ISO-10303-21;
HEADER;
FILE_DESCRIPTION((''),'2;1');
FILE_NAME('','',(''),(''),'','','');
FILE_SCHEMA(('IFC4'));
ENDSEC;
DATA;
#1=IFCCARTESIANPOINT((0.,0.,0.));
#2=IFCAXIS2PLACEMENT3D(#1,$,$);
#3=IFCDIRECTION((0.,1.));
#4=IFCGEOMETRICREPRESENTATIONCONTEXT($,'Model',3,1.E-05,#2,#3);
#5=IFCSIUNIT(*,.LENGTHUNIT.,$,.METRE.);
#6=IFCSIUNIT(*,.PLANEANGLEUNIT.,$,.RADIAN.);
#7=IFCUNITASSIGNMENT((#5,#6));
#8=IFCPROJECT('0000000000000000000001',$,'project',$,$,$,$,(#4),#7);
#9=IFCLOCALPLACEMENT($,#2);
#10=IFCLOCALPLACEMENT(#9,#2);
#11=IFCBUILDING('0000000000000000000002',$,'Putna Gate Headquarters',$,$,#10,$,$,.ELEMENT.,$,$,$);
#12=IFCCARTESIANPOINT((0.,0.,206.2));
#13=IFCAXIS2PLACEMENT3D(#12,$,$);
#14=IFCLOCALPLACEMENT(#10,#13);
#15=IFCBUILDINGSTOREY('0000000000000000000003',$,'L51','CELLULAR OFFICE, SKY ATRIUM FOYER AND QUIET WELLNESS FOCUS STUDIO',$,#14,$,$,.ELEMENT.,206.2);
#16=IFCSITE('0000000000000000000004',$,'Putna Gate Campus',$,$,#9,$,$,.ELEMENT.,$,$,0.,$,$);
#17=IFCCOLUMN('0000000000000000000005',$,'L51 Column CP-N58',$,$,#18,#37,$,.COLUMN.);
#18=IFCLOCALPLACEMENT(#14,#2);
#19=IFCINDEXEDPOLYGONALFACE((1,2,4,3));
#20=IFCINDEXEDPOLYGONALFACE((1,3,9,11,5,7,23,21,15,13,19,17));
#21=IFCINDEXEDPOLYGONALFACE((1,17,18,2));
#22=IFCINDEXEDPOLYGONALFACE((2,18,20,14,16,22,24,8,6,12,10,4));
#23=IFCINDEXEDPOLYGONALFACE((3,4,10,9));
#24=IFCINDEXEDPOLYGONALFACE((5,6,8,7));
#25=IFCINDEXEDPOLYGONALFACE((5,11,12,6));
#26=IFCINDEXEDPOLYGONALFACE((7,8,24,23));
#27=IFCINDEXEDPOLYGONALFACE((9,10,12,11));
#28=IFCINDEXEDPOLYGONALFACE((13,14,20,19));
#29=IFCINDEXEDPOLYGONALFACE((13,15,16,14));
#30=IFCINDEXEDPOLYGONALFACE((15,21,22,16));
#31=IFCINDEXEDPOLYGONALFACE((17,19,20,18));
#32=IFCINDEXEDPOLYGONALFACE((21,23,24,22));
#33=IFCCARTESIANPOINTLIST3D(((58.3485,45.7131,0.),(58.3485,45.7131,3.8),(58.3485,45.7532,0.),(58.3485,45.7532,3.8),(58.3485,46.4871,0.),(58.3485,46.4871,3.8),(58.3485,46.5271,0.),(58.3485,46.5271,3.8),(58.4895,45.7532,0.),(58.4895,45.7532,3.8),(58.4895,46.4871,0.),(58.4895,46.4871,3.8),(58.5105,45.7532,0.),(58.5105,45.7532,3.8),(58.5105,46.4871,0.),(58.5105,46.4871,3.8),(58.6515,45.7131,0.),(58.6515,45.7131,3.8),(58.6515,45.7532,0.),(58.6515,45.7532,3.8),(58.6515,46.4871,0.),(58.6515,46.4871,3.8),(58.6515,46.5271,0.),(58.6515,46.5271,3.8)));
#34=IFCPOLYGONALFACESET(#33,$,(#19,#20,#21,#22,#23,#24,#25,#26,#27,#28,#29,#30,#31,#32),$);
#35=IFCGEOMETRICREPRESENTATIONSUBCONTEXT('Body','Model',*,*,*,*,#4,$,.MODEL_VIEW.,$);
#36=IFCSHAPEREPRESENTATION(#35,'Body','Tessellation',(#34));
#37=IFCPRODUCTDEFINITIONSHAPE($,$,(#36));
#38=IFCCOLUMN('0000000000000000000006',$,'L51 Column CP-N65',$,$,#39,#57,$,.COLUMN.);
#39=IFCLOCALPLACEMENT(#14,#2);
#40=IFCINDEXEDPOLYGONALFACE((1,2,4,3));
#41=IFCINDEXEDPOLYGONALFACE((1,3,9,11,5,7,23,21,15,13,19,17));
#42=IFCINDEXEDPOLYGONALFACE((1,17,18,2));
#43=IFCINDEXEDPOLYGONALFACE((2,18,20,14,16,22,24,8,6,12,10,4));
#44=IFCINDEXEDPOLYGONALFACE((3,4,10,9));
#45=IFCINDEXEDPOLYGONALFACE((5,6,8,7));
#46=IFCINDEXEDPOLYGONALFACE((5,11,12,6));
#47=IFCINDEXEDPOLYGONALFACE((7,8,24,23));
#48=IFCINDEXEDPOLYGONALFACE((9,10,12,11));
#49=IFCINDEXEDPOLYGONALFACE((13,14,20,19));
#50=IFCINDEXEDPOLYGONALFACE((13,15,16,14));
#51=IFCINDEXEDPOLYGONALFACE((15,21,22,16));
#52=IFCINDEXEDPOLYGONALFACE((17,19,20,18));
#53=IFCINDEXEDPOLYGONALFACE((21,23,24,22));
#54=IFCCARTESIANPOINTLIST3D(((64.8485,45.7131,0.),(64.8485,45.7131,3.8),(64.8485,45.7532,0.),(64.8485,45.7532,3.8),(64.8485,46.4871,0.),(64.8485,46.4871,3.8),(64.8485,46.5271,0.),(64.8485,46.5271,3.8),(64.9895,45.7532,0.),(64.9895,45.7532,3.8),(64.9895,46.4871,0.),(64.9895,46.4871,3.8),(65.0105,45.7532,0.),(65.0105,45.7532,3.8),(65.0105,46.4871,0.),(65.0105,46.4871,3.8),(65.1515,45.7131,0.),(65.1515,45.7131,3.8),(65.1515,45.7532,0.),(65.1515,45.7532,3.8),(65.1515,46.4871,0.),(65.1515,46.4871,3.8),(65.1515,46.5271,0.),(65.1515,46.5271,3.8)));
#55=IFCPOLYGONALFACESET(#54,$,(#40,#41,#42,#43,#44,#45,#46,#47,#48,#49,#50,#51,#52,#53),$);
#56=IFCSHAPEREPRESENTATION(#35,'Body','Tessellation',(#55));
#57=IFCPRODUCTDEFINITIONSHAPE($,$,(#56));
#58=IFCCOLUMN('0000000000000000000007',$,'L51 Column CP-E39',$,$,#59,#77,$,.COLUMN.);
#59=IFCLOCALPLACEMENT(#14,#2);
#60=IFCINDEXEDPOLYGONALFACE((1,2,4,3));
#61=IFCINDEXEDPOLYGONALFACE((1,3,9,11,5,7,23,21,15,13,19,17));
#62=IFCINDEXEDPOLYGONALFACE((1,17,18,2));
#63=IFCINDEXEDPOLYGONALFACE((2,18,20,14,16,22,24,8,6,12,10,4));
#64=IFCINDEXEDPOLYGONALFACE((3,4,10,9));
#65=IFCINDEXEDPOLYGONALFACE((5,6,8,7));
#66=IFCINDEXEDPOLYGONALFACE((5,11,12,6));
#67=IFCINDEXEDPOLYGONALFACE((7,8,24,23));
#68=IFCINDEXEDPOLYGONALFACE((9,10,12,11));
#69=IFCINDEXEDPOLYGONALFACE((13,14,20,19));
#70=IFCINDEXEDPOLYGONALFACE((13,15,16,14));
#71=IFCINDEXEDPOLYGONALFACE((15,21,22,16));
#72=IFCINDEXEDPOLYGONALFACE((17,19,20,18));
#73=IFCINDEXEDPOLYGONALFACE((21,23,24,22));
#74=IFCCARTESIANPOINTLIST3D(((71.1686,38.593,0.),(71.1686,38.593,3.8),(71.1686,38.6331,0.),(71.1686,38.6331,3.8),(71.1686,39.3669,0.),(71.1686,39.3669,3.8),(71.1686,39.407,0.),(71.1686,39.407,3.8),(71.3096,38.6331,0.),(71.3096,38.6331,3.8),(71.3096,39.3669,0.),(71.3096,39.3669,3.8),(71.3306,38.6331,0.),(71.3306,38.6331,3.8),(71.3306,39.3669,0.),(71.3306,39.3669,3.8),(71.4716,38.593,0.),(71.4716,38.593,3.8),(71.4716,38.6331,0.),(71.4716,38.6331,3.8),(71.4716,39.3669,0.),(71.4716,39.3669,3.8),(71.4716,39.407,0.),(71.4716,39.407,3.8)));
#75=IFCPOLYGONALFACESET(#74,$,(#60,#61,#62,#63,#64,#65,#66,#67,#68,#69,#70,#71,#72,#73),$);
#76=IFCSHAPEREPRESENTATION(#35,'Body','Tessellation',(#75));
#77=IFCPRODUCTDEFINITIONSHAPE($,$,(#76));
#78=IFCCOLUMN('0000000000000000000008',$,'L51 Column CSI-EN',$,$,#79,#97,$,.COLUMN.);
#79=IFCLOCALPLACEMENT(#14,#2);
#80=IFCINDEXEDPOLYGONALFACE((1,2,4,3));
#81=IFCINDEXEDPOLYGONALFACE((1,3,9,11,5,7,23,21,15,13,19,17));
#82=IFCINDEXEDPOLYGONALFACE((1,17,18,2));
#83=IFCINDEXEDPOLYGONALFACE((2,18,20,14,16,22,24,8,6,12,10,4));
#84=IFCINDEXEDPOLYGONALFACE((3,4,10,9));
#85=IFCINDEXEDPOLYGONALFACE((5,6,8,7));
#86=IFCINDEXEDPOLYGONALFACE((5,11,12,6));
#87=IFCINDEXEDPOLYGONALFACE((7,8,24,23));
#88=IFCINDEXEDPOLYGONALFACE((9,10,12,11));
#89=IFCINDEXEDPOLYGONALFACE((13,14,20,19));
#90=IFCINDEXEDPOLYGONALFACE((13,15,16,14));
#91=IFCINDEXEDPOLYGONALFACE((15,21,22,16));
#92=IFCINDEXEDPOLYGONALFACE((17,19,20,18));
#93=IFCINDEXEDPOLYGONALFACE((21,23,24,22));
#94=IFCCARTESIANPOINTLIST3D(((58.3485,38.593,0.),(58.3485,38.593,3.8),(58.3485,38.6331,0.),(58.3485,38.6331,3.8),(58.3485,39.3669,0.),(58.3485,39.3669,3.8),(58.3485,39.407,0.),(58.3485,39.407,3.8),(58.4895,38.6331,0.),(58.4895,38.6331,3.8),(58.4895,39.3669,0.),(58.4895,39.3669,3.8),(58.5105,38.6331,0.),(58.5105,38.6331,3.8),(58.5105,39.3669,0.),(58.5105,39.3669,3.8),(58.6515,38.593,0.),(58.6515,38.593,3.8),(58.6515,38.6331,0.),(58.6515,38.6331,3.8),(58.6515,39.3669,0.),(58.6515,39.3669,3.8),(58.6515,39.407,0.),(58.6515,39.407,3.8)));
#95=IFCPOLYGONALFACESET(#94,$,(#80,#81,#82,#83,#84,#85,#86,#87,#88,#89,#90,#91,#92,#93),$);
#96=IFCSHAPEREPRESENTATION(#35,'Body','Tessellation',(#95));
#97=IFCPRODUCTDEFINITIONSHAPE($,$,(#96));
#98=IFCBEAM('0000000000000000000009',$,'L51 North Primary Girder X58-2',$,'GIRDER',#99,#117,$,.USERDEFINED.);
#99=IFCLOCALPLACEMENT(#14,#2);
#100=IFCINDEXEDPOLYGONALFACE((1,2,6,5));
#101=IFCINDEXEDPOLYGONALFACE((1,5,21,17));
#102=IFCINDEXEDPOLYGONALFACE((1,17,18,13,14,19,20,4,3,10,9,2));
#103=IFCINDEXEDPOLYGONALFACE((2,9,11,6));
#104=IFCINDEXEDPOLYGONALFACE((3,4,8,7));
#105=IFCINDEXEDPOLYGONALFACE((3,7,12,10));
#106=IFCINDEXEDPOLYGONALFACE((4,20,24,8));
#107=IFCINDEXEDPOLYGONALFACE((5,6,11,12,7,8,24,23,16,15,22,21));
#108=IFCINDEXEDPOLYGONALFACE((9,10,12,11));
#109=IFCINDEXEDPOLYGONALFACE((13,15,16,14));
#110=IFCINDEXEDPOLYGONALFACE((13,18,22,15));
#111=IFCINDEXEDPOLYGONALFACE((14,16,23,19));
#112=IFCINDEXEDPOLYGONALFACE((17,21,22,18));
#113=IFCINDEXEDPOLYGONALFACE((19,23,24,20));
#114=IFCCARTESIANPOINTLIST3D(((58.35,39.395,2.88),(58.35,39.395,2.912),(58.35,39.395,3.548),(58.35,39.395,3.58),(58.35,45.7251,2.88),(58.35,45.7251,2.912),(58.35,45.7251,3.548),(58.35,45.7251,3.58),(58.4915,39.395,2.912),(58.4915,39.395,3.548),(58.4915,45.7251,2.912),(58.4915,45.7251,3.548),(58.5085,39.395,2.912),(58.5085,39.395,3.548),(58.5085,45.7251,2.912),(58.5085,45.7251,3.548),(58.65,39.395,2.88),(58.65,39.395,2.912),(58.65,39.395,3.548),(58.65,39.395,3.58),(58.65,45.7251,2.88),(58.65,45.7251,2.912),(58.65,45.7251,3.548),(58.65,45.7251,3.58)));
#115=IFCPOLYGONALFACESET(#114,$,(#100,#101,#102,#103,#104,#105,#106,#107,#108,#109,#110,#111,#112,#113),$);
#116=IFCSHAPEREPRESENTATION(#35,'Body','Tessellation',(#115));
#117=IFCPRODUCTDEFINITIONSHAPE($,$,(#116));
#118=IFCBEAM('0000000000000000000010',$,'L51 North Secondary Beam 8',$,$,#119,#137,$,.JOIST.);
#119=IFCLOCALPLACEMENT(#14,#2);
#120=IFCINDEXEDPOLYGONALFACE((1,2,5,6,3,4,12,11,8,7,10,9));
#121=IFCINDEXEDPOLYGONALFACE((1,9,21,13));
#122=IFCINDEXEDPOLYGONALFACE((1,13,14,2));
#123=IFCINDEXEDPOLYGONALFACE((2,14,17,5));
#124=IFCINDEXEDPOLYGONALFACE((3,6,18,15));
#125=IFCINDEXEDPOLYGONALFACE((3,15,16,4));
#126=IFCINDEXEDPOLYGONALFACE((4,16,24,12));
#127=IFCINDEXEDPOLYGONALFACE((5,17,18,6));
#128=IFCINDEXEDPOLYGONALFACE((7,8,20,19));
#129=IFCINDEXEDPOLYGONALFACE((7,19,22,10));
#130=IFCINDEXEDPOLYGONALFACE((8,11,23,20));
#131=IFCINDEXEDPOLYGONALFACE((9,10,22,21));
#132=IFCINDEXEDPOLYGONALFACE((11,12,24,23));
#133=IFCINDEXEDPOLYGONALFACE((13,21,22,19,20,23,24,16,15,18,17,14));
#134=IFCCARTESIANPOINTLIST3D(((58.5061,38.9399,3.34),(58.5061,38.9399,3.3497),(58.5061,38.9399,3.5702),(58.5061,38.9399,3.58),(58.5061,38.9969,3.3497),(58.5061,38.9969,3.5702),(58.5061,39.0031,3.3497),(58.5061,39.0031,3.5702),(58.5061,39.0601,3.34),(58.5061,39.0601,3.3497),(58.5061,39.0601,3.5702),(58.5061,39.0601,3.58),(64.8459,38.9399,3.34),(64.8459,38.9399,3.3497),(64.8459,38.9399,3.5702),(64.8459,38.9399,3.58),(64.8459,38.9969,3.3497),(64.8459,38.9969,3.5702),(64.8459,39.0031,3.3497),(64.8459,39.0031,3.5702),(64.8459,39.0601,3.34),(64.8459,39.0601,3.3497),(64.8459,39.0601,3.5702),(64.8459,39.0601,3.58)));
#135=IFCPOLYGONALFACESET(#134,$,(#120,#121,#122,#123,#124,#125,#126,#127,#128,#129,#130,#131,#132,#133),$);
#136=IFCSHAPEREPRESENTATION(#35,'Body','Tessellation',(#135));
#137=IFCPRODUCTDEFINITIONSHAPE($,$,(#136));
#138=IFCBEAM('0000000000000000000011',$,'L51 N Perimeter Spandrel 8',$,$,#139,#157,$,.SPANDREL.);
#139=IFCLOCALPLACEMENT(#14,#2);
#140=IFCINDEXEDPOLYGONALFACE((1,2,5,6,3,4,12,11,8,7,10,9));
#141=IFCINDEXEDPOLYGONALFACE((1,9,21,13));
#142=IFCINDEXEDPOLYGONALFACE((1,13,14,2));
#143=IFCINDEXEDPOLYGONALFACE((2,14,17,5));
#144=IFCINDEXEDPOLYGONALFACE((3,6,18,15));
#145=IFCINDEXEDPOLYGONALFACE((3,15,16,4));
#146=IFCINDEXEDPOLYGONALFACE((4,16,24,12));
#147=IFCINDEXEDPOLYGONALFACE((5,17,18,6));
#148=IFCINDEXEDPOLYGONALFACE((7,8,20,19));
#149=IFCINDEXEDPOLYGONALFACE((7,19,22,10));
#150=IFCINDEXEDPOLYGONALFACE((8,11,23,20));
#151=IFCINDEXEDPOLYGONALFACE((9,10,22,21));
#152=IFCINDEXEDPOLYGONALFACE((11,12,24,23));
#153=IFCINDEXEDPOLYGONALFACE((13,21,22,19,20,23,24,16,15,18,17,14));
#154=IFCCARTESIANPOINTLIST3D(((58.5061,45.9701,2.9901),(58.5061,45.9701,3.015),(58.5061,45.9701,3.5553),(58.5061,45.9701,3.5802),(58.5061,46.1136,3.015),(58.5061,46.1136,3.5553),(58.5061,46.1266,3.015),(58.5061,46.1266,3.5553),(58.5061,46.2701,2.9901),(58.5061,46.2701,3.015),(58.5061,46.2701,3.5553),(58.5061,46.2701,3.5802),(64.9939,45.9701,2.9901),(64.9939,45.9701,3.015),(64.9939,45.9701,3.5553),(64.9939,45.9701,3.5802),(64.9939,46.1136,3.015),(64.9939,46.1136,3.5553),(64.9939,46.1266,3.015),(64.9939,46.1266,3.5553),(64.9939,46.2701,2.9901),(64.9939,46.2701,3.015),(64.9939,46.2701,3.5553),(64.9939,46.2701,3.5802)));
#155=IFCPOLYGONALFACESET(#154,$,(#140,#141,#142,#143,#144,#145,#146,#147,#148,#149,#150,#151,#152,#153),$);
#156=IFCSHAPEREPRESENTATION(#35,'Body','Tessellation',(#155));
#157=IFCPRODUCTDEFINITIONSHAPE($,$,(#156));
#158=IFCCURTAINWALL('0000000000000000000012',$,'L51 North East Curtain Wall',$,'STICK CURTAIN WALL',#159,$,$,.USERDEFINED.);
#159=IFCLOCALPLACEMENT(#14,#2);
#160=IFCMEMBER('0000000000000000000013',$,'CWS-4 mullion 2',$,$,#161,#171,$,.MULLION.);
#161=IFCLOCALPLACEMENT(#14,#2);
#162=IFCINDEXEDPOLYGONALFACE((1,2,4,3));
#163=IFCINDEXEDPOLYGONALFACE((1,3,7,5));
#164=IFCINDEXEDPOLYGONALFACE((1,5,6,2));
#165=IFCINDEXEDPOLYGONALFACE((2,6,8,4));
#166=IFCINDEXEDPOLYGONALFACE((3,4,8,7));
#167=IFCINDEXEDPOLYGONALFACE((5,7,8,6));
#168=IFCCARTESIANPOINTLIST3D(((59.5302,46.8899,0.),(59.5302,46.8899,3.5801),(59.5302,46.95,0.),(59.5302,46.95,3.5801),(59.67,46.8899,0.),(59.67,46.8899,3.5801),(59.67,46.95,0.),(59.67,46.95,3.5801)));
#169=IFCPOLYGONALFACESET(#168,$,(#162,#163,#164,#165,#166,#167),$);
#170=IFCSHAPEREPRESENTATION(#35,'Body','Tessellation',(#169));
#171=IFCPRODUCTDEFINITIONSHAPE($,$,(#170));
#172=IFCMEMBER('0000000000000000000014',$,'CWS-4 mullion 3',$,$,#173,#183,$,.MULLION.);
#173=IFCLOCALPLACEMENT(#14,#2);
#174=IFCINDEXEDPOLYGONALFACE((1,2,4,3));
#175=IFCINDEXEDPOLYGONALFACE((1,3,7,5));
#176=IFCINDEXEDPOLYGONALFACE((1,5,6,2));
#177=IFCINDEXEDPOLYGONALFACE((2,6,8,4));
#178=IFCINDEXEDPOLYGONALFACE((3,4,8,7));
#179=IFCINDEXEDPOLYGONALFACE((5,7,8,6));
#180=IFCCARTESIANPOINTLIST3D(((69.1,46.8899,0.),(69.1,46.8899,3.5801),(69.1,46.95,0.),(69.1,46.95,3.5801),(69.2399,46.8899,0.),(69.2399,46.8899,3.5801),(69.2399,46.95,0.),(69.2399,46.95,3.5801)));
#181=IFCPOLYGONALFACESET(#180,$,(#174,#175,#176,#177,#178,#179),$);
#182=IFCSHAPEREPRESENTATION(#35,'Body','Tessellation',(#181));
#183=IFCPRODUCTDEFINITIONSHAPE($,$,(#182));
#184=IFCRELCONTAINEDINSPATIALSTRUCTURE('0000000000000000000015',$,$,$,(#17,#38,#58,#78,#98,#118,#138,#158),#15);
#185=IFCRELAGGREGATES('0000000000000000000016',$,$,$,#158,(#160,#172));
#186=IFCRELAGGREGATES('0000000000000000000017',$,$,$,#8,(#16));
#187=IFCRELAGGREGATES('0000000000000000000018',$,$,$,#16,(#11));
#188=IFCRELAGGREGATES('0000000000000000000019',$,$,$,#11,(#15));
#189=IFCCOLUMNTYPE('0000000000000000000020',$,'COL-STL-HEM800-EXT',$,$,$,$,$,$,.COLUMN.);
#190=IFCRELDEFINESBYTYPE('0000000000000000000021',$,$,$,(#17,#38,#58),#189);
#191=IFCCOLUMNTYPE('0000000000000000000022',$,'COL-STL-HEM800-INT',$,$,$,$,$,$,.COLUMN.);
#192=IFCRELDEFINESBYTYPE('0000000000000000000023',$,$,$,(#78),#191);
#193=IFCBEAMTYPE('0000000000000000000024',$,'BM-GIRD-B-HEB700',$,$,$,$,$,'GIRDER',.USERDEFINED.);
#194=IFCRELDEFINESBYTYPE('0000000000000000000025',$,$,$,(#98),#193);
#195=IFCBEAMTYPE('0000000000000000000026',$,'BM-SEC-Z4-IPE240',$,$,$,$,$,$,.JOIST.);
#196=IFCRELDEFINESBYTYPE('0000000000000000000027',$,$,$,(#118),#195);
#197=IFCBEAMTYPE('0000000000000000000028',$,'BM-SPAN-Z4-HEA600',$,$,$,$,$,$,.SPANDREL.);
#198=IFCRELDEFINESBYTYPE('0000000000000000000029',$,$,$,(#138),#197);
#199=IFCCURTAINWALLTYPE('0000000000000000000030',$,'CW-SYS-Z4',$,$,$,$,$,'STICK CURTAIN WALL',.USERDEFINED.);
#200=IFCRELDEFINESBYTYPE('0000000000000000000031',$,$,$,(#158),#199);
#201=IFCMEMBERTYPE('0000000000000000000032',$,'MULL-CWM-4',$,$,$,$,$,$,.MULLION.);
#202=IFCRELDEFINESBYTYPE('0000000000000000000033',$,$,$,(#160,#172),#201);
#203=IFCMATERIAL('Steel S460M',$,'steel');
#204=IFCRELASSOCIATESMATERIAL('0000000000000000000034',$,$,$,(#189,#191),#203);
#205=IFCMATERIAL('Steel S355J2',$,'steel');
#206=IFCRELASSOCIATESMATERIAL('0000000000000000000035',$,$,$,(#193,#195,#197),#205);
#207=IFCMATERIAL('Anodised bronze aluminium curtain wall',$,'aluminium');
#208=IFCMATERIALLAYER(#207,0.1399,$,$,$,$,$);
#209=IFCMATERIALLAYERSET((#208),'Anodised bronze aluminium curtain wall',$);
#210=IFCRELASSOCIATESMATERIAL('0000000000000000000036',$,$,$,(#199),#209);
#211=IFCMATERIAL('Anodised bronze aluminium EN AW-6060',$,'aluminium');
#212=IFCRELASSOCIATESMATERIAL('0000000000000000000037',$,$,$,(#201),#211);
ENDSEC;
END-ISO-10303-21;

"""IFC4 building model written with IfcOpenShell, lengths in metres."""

from ifc_helpers import new_model, si_unit, direction, frame, origin, origin_2d, place, context, subcontext, project, spatial, rectangle, i_section, extrude, material, layer, layer_set, material_profile, profile_set, type_object, element, aggregate, save


model = new_model("IFC4")

# Units and contexts
model_context = context("Model", 3, precision=1e-05, world=origin(), true_north=direction((0.0, 1.0)))
body_context = subcontext(model_context, "Body", "Model", "MODEL_VIEW")
ifc_project = project(units=[si_unit("LENGTHUNIT", "METRE"), si_unit("PLANEANGLEUNIT", "RADIAN")], contexts=[model_context])

# Site, building, storey
site_placement = place(None, origin())
site = spatial("IfcSite", under=ifc_project, at=site_placement, Name="Putna Gate Campus", CompositionType="ELEMENT", RefElevation=0.0)
building_placement = place(site_placement, origin())
building = spatial("IfcBuilding", under=site, at=building_placement, Name="Putna Gate Headquarters", CompositionType="ELEMENT")
storey_placement = place(building_placement, frame((0.0, 0.0, 206.2)))
storey = spatial("IfcBuildingStorey", under=building, at=storey_placement, Name="L51", Description="CELLULAR OFFICE, SKY ATRIUM FOYER AND QUIET WELLNESS FOCUS STUDIO", CompositionType="ELEMENT", Elevation=206.2)

# Columns
ifc_material_1 = material(Name="Steel S460M", Category="steel")
ifc_material_profile_1 = material_profile(ifc_material_1, i_section(OverallWidth=0.303, OverallDepth=0.814, WebThickness=0.021, FlangeThickness=0.04, at=origin_2d()), Name="Steel S460M")
ifc_profile_set_1 = profile_set([ifc_material_profile_1], Name="Steel S460M")
column_type_1 = type_object("IfcColumnType", Name="COL-STL-HEM800-EXT", PredefinedType="COLUMN", material=ifc_profile_set_1)
for number, where, z_axis, x_axis, name in (
    (1, (58.5, 46.1201, 0.0), (0.0, 0.0, 1.0), (1.0, 0.0, 0.0), "L51 Column CP-N58"),
    (2, (65.0, 46.1201, 0.0), (0.0, 0.0, 1.0), (1.0, 0.0, 0.0), "L51 Column CP-N65"),
    (3, (71.3201, 39.0, 0.0), (0.0, 0.0, 1.0), (1.0, 0.0, 0.0), "L51 Column CP-E39"),
):
    element("IfcColumn", number, at=place(storey_placement, frame(where, z_axis=z_axis, x_axis=x_axis)), inside=storey, type_object=column_type_1, Name=name, PredefinedType="COLUMN", context=body_context, shape_type="SweptSolid", body=[
        extrude(i_section(OverallWidth=0.303, OverallDepth=0.814, WebThickness=0.021, FlangeThickness=0.04, at=origin_2d()), origin(), (0.0, 0.0, 1.0), 3.8),
    ])
ifc_material_profile_2 = material_profile(ifc_material_1, i_section(OverallWidth=0.303, OverallDepth=0.814, WebThickness=0.021, FlangeThickness=0.04, at=origin_2d()), Name="Steel S460M")
ifc_profile_set_2 = profile_set([ifc_material_profile_2], Name="Steel S460M")
column_type_2 = type_object("IfcColumnType", Name="COL-STL-HEM800-INT", PredefinedType="COLUMN", material=ifc_profile_set_2)
column_placement = place(storey_placement, frame((58.5, 39.0, 0.0), z_axis=(0.0, 0.0, 1.0), x_axis=(1.0, 0.0, 0.0)))
element("IfcColumn", 4, at=column_placement, inside=storey, type_object=column_type_2, Name="L51 Column CSI-EN", PredefinedType="COLUMN", context=body_context, shape_type="SweptSolid", body=[
    extrude(i_section(OverallWidth=0.303, OverallDepth=0.814, WebThickness=0.021, FlangeThickness=0.04, at=origin_2d()), origin(), (0.0, 0.0, 1.0), 3.8),
])

# Beams
ifc_material_2 = material(Name="Steel S355J2", Category="steel")
ifc_material_profile_3 = material_profile(ifc_material_2, i_section(OverallWidth=0.3, OverallDepth=0.7, WebThickness=0.0171, FlangeThickness=0.032, at=origin_2d()), Name="Steel S355J2")
ifc_profile_set_3 = profile_set([ifc_material_profile_3], Name="Steel S355J2")
beam_type_1 = type_object("IfcBeamType", Name="BM-GIRD-B-HEB700", ElementType="GIRDER", PredefinedType="USERDEFINED", material=ifc_profile_set_3)
beam_1_placement = place(storey_placement, frame((58.5, 39.395, 3.23), z_axis=(0.0, 1.0, 0.0), x_axis=(-1.0, 0.0, 0.0)))
element("IfcBeam", 5, at=beam_1_placement, inside=storey, type_object=beam_type_1, Name="L51 North Primary Girder X58-2", ObjectType="GIRDER", PredefinedType="USERDEFINED", context=body_context, shape_type="SweptSolid", body=[
    extrude(i_section(OverallWidth=0.3, OverallDepth=0.7, WebThickness=0.0171, FlangeThickness=0.032, at=origin_2d()), origin(), (0.0, 0.0, 1.0), 6.3301),
])
ifc_material_profile_4 = material_profile(ifc_material_2, i_section(OverallWidth=0.1201, OverallDepth=0.24, WebThickness=0.0061, FlangeThickness=0.0098, at=origin_2d()), Name="Steel S355J2")
ifc_profile_set_4 = profile_set([ifc_material_profile_4], Name="Steel S355J2")
beam_type_2 = type_object("IfcBeamType", Name="BM-SEC-Z4-IPE240", PredefinedType="JOIST", material=ifc_profile_set_4)
beam_2_placement = place(storey_placement, frame((58.5061, 39.0, 3.46), z_axis=(1.0, 0.0, 0.0), x_axis=(0.0, 1.0, 0.0)))
element("IfcBeam", 6, at=beam_2_placement, inside=storey, type_object=beam_type_2, Name="L51 North Secondary Beam 8", PredefinedType="JOIST", context=body_context, shape_type="SweptSolid", body=[
    extrude(i_section(OverallWidth=0.1201, OverallDepth=0.24, WebThickness=0.0061, FlangeThickness=0.0098, at=origin_2d()), origin(), (0.0, 0.0, 1.0), 6.3398),
])
ifc_material_profile_5 = material_profile(ifc_material_2, i_section(OverallWidth=0.3, OverallDepth=0.5901, WebThickness=0.0129, FlangeThickness=0.0249, at=origin_2d()), Name="Steel S355J2")
ifc_profile_set_5 = profile_set([ifc_material_profile_5], Name="Steel S355J2")
beam_type_3 = type_object("IfcBeamType", Name="BM-SPAN-Z4-HEA600", PredefinedType="SPANDREL", material=ifc_profile_set_5)
beam_3_placement = place(storey_placement, frame((58.5061, 46.1201, 3.2852), z_axis=(1.0, 0.0, 0.0), x_axis=(0.0, 1.0, 0.0)))
element("IfcBeam", 7, at=beam_3_placement, inside=storey, type_object=beam_type_3, Name="L51 N Perimeter Spandrel 8", PredefinedType="SPANDREL", context=body_context, shape_type="SweptSolid", body=[
    extrude(i_section(OverallWidth=0.3, OverallDepth=0.5901, WebThickness=0.0129, FlangeThickness=0.0249, at=origin_2d()), origin(), (0.0, 0.0, 1.0), 6.4878),
])

# Curtain wall, members
ifc_material_3 = material(Name="Anodised bronze aluminium curtain wall", Category="aluminium")
ifc_layer_1 = layer(ifc_material_3, 0.1399)
ifc_layer_set_1 = layer_set([ifc_layer_1], Name="Anodised bronze aluminium curtain wall")
curtain_wall_type = type_object("IfcCurtainWallType", Name="CW-SYS-Z4", ElementType="STICK CURTAIN WALL", PredefinedType="USERDEFINED", material=ifc_layer_set_1)
curtain_wall_1_placement = place(storey_placement, origin())
curtain_wall_1 = element("IfcCurtainWall", 8, at=curtain_wall_1_placement, inside=storey, type_object=curtain_wall_type, Name="L51 North East Curtain Wall", ObjectType="STICK CURTAIN WALL", PredefinedType="USERDEFINED")
ifc_material_4 = material(Name="Anodised bronze aluminium EN AW-6060", Category="aluminium")
ifc_material_profile_6 = material_profile(ifc_material_4, rectangle(XDim=0.0601, YDim=0.1399, at=origin_2d()), Name="Anodised bronze aluminium EN AW-6060")
ifc_profile_set_6 = profile_set([ifc_material_profile_6], Name="Anodised bronze aluminium EN AW-6060")
member_type_1 = type_object("IfcMemberType", Name="MULL-CWM-4", PredefinedType="MULLION", material=ifc_profile_set_6)
member_1_placement = place(storey_placement, frame((59.6001, 46.9199, 0.0), z_axis=(0.0, 0.0, 1.0), x_axis=(0.0, 1.0, 0.0)))
member_1 = element("IfcMember", 9, at=member_1_placement, type_object=member_type_1, Name="CWS-4 mullion 2", PredefinedType="MULLION", context=body_context, shape_type="SweptSolid", body=[
    extrude(rectangle(XDim=0.0601, YDim=0.1399, at=origin_2d()), origin(), (0.0, 0.0, 1.0), 3.5801),
])
member_2_placement = place(storey_placement, frame((69.1699, 46.9199, 0.0), z_axis=(0.0, 0.0, 1.0), x_axis=(0.0, 1.0, 0.0)))
member_2 = element("IfcMember", 10, at=member_2_placement, type_object=member_type_1, Name="CWS-4 mullion 3", PredefinedType="MULLION", context=body_context, shape_type="SweptSolid", body=[
    extrude(rectangle(XDim=0.0601, YDim=0.1399, at=origin_2d()), origin(), (0.0, 0.0, 1.0), 3.5801),
])

aggregate(curtain_wall_1, [member_1, member_2])

save(model, "model.ifc")
